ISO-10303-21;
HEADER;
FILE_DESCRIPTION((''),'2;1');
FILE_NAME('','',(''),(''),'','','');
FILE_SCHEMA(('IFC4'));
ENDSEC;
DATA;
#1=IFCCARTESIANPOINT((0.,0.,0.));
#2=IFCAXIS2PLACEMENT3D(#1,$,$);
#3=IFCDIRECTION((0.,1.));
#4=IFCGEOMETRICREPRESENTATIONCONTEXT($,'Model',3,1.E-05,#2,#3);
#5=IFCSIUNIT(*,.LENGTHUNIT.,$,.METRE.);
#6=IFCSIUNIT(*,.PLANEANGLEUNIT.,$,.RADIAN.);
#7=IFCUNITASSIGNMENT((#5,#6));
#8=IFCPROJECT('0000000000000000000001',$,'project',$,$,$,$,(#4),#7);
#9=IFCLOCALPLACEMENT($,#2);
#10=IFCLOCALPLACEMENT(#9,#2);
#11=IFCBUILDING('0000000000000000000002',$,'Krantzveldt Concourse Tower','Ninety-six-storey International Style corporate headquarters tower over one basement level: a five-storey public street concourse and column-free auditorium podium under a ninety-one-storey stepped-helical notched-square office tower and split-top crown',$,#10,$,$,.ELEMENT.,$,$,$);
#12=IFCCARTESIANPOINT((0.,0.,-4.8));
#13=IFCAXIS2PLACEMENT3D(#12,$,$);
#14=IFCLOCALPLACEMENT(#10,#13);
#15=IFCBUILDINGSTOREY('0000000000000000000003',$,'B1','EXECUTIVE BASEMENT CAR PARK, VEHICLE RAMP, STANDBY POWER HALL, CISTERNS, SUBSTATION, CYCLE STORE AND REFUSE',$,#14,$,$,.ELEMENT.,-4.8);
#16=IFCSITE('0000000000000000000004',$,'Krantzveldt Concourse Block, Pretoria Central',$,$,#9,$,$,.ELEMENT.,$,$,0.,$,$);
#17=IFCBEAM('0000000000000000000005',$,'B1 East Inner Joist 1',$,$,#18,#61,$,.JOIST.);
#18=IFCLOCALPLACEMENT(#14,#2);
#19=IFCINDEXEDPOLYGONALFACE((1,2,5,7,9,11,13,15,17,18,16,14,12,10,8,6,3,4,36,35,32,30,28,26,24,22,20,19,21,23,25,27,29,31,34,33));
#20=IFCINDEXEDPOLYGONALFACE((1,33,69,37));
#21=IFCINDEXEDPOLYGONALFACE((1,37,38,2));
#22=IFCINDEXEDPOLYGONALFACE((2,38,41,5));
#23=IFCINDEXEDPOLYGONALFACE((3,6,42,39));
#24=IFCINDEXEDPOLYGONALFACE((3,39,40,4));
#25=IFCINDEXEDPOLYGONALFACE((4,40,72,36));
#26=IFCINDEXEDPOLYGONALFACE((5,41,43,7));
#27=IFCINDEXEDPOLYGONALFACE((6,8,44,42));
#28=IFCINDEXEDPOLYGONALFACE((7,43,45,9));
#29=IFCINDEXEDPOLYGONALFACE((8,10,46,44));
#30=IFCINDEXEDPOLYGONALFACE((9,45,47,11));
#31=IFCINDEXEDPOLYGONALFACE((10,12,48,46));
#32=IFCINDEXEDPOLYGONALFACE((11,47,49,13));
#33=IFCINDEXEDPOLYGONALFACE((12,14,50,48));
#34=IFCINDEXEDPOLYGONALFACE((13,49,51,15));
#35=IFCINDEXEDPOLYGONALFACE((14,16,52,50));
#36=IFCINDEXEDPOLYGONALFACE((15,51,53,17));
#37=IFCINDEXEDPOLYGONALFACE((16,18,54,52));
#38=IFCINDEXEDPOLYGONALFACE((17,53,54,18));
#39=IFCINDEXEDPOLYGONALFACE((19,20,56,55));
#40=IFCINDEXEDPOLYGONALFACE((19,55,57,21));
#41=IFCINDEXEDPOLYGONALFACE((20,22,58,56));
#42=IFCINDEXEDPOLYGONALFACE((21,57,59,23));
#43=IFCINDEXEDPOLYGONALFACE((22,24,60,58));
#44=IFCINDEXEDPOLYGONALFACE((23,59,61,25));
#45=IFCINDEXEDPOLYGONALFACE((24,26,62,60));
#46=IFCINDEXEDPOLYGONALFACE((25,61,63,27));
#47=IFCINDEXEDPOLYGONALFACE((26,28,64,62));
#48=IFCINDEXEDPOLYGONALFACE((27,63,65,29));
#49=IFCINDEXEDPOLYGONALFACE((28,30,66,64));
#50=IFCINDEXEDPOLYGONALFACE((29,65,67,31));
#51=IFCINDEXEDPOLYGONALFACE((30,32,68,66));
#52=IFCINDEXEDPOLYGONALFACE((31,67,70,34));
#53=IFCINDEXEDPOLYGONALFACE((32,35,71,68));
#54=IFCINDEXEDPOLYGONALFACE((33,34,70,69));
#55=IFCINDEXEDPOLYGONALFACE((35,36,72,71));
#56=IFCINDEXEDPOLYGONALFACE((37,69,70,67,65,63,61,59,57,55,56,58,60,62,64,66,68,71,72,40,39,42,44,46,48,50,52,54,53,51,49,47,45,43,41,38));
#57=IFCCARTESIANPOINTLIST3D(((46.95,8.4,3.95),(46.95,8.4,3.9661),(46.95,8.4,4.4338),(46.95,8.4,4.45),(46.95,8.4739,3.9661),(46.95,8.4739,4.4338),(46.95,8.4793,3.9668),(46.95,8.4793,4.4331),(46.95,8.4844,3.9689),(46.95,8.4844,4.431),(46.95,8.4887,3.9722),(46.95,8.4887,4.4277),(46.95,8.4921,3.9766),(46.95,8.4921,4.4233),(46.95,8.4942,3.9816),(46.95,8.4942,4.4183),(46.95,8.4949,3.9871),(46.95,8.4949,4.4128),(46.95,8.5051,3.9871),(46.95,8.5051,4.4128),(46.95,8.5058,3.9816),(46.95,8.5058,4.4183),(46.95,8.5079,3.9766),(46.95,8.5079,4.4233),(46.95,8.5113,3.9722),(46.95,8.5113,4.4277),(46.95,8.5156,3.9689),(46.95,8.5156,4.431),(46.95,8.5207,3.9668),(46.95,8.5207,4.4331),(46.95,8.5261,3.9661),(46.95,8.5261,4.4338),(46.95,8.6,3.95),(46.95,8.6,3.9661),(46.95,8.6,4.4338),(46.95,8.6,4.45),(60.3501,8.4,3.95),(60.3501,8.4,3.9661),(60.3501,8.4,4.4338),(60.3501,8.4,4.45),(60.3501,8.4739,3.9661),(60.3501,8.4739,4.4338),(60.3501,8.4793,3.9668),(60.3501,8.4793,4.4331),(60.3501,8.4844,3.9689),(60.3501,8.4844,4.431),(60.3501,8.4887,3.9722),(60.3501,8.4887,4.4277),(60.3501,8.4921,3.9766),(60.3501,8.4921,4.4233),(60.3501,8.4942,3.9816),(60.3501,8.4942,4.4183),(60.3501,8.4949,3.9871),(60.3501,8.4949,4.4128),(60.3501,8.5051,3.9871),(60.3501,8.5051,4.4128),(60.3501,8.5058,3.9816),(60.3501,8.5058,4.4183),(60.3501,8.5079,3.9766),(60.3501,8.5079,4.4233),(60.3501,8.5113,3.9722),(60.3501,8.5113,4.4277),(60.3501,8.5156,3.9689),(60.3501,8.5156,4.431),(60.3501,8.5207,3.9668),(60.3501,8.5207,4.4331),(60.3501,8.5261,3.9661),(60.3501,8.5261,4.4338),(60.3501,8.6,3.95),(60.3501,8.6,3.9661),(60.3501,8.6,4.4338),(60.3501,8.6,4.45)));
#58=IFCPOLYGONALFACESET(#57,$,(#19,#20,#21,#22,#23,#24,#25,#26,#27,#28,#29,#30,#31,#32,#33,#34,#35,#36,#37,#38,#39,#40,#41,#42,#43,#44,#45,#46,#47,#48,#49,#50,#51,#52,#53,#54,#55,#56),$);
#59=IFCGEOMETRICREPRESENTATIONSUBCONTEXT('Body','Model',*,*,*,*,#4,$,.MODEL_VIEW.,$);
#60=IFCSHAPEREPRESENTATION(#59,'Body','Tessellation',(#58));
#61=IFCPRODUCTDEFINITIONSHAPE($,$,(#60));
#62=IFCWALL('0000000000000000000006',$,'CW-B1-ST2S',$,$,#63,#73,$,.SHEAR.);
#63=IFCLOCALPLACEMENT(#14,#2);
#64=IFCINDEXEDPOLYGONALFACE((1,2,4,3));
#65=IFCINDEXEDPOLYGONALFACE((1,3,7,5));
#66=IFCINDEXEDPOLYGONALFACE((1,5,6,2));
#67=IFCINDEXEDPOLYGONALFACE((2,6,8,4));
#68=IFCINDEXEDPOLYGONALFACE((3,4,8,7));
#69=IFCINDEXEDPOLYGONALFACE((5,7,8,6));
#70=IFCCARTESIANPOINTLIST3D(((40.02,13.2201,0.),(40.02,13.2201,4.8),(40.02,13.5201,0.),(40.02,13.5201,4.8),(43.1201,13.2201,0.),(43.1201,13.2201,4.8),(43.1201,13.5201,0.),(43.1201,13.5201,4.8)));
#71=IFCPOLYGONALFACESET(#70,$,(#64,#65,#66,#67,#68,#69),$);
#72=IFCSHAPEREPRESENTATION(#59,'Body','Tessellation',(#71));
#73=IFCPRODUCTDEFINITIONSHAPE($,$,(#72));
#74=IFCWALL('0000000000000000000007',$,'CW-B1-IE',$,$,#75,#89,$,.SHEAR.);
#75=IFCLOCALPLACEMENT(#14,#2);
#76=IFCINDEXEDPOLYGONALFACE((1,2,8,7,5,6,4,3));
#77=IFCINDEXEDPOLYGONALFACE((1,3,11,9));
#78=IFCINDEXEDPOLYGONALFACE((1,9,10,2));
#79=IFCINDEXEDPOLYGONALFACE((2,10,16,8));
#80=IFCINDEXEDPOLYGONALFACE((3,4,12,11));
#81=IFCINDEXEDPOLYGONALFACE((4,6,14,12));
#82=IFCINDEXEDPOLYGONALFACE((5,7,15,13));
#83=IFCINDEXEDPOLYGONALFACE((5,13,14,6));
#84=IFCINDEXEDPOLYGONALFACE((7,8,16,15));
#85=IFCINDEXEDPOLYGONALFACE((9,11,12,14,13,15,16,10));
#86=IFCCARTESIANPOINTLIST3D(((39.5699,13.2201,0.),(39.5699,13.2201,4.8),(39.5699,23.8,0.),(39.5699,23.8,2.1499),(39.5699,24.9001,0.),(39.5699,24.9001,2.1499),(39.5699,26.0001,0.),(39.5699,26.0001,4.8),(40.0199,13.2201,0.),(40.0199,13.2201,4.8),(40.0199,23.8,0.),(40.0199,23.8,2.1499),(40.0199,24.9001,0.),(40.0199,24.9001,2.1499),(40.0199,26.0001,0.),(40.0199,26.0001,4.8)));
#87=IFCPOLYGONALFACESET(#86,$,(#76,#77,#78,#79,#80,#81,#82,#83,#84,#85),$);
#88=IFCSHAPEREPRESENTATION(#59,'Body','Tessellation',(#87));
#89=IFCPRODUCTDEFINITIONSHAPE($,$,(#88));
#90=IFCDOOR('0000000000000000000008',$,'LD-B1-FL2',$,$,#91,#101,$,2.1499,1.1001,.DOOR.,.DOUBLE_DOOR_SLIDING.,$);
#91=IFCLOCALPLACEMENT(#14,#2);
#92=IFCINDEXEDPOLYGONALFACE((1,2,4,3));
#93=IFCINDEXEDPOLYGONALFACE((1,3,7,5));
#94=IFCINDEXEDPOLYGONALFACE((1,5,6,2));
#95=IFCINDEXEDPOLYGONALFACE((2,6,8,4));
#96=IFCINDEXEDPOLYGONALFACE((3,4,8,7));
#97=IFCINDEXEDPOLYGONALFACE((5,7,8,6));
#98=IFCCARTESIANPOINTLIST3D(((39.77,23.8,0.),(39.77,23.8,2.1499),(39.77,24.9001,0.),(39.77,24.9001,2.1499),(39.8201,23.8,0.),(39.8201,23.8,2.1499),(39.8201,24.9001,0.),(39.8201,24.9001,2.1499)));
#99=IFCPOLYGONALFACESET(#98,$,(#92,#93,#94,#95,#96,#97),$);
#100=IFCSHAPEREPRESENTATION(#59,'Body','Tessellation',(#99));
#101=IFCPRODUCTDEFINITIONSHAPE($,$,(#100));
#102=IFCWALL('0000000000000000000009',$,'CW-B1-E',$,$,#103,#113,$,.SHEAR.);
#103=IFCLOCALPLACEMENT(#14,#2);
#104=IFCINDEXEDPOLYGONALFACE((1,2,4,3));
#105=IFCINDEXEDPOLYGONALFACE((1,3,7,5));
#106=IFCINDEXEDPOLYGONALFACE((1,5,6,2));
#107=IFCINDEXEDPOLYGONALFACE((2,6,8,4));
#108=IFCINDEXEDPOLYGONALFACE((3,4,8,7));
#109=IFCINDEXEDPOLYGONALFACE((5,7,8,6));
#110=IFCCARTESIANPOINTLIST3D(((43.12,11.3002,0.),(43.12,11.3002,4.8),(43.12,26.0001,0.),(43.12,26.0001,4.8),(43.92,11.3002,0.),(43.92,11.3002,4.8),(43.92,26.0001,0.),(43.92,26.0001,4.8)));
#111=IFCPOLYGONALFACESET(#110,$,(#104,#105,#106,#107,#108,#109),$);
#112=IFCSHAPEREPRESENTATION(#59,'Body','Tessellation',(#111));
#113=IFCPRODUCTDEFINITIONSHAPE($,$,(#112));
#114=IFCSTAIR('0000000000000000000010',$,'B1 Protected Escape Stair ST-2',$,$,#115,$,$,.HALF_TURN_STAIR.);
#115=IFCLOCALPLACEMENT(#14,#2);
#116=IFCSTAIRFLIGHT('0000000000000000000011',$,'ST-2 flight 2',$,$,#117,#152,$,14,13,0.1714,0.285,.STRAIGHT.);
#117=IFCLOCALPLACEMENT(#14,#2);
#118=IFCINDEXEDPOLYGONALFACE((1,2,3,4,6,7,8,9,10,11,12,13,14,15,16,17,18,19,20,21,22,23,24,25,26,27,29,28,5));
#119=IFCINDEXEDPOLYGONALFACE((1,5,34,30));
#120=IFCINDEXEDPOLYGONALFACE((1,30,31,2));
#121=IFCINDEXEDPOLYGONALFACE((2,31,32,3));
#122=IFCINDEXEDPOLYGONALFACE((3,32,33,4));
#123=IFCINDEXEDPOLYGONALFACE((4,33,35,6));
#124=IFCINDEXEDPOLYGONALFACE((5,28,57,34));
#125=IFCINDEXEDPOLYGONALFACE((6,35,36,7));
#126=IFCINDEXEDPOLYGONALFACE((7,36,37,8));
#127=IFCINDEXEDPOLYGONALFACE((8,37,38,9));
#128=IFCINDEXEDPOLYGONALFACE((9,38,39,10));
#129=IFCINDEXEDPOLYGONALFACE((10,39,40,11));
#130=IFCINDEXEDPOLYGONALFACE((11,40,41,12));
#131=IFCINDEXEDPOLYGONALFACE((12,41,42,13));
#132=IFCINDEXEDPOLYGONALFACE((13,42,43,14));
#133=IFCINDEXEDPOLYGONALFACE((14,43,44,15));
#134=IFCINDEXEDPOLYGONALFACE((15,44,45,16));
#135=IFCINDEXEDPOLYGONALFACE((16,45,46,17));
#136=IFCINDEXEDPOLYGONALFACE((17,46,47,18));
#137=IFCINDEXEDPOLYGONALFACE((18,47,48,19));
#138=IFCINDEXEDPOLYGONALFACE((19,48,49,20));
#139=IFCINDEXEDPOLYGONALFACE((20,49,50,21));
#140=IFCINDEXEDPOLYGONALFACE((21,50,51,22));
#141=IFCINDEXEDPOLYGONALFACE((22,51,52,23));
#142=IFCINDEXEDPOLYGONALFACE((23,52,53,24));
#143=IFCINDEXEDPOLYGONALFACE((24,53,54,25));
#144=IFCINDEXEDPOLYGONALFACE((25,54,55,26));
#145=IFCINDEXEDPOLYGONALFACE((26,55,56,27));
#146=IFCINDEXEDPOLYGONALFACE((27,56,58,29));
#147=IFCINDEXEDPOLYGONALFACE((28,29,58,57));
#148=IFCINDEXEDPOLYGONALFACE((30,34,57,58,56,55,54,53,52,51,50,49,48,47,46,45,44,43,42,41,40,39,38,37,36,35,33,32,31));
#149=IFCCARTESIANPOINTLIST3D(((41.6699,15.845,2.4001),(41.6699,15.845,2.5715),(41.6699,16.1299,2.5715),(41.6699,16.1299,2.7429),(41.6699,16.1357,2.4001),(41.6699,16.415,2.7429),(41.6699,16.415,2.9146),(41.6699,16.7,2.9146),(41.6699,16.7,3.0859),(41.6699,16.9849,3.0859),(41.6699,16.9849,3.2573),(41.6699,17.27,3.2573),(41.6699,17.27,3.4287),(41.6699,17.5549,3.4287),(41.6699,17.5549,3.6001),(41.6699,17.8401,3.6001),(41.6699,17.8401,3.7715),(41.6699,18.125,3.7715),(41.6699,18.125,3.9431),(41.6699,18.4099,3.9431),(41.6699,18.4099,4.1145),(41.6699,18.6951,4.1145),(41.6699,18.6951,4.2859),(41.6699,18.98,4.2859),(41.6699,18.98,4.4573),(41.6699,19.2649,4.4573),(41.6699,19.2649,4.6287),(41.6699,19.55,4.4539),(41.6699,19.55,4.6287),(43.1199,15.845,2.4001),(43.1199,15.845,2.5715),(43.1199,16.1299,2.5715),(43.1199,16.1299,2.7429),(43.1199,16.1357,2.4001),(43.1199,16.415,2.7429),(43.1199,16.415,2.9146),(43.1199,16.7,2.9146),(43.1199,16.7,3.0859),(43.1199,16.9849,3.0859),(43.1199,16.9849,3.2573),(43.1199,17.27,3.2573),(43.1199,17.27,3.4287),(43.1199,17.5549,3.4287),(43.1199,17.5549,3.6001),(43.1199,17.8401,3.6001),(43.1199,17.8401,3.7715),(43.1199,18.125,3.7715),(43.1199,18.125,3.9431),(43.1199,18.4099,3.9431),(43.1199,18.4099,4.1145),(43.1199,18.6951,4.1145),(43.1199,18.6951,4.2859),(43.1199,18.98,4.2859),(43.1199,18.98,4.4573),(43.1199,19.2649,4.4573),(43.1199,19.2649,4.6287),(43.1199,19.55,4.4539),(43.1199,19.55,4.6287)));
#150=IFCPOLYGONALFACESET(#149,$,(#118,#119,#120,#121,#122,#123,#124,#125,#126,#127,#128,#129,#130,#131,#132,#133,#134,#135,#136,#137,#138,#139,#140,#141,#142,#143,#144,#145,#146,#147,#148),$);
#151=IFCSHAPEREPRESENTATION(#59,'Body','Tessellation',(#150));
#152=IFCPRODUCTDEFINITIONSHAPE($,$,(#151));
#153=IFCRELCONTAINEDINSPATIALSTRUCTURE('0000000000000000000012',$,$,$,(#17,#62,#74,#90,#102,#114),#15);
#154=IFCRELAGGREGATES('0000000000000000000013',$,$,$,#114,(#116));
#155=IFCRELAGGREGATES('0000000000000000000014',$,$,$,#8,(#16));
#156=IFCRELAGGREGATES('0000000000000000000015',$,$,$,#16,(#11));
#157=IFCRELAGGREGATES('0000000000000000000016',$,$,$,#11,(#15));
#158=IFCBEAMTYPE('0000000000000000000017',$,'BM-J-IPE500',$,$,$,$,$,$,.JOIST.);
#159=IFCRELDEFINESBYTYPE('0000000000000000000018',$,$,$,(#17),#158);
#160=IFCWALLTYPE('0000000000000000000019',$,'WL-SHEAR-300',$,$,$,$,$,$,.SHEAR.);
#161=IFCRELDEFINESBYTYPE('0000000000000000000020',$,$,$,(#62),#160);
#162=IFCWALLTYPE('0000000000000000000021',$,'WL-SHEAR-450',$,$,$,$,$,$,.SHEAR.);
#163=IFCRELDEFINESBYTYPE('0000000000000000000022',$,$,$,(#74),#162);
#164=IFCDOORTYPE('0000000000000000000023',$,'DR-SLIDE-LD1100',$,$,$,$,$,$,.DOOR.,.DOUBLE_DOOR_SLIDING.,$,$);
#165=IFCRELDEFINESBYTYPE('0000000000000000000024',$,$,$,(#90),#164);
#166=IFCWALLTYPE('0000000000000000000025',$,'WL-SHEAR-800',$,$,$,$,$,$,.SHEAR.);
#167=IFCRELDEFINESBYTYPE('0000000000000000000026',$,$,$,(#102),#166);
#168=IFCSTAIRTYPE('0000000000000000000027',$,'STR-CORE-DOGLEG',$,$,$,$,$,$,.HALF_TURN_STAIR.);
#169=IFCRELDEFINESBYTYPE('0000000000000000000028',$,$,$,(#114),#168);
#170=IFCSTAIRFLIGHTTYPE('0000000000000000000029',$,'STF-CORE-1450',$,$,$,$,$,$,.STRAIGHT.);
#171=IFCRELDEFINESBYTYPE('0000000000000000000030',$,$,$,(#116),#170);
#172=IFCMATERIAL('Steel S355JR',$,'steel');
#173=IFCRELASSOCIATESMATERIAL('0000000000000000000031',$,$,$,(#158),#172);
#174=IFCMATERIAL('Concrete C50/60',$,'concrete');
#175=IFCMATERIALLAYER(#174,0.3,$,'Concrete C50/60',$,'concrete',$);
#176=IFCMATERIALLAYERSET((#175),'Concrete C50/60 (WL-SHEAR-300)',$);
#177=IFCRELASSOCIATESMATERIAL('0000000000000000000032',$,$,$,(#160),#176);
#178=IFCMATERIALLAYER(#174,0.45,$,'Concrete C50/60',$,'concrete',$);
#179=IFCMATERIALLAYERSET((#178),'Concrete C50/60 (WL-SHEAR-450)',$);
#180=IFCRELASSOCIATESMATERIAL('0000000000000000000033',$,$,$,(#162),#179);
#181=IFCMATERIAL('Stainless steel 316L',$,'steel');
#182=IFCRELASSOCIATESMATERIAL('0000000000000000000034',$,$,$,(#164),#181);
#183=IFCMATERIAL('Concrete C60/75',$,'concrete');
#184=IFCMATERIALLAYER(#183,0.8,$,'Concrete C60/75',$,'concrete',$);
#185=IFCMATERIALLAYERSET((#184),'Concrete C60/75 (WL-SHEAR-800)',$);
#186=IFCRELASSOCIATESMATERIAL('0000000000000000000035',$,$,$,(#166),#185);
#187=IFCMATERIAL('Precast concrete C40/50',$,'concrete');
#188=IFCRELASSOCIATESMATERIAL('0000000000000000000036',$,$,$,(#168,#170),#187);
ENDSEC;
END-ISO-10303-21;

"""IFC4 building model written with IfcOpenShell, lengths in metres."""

from ifc_helpers import new_model, si_unit, direction, frame, frame_2d, origin, origin_2d, place, context, subcontext, project, spatial, polyline, rectangle, i_section, outline, extrude, source, transform, mapped, material, layer, layer_set, material_profile, profile_set, type_object, type_shapes, element, fill, aggregate, save


model = new_model("IFC4")

# Units and contexts
model_context = context("Model", 3, precision=1e-05, world=origin(), true_north=direction((0.0, 1.0)))
body_context = subcontext(model_context, "Body", "Model", "MODEL_VIEW")
ifc_project = project(units=[si_unit("LENGTHUNIT", "METRE"), si_unit("PLANEANGLEUNIT", "RADIAN")], contexts=[model_context])

# Site, building, storey
site_placement = place(None, origin())
site = spatial("IfcSite", under=ifc_project, at=site_placement, Name="Krantzveldt Concourse Block, Pretoria Central", CompositionType="ELEMENT", RefElevation=0.0)
building_placement = place(site_placement, origin())
building = spatial("IfcBuilding", under=site, at=building_placement, Name="Krantzveldt Concourse Tower", Description="Ninety-six-storey International Style corporate headquarters tower over one basement level: a five-storey public street concourse and column-free auditorium podium under a ninety-one-storey stepped-helical notched-square office tower and split-top crown", CompositionType="ELEMENT")
storey_placement = place(building_placement, frame((0.0, 0.0, -4.8)))
storey = spatial("IfcBuildingStorey", under=building, at=storey_placement, Name="B1", Description="EXECUTIVE BASEMENT CAR PARK, VEHICLE RAMP, STANDBY POWER HALL, CISTERNS, SUBSTATION, CYCLE STORE AND REFUSE", CompositionType="ELEMENT", Elevation=-4.8)

# Shared definitions
ifc_material_1 = material(Name="Concrete C50/60", Category="concrete")

# Beam
ifc_material_2 = material(Name="Steel S355JR", Category="steel")
ifc_material_profile_1 = material_profile(ifc_material_2, i_section(OverallWidth=0.2, OverallDepth=0.5, WebThickness=0.0103, FlangeThickness=0.0161, FilletRadius=0.021, at=origin_2d()), Name="Steel S355JR", Category="steel")
ifc_profile_set_1 = profile_set([ifc_material_profile_1], Name="Steel S355JR - IPE 500")
beam_type_1 = type_object("IfcBeamType", Name="BM-J-IPE500", PredefinedType="JOIST", material=ifc_profile_set_1)
shared_shape_1 = source(origin(), body_context, "Body", "SweptSolid", [
    extrude(i_section(OverallWidth=0.2, OverallDepth=0.5, WebThickness=0.0103, FlangeThickness=0.0161, FilletRadius=0.021, at=origin_2d()), origin(), (0.0, 0.0, 1.0), 13.4001),
])
type_shapes(beam_type_1, [shared_shape_1])
beam_1_placement = place(storey_placement, frame((46.95, 8.5, 4.2), z_axis=(1.0, 0.0, 0.0), x_axis=(0.0, 1.0, 0.0)))
element("IfcBeam", 1, at=beam_1_placement, inside=storey, type_object=beam_type_1, Name="B1 East Inner Joist 1", PredefinedType="JOIST", context=body_context, shape_type="MappedRepresentation", body=[
    mapped(shared_shape_1, transform((0.0, 0.0, 0.0), x_axis=(1.0, 0.0, 0.0), y_axis=(0.0, 1.0, 0.0), z_axis=(0.0, 0.0, 1.0), scale=1.0)),
])

# Wall
ifc_layer_1 = layer(ifc_material_1, 0.3, Name="Concrete C50/60", Category="concrete")
ifc_layer_set_1 = layer_set([ifc_layer_1], Name="Concrete C50/60 (WL-SHEAR-300)")
wall_type_1 = type_object("IfcWallType", Name="WL-SHEAR-300", PredefinedType="SHEAR", material=ifc_layer_set_1)
wall_1_placement = place(storey_placement, frame((40.02, 13.3701, 0.0), z_axis=(0.0, 0.0, 1.0), x_axis=(1.0, 0.0, 0.0)))
element("IfcWall", 2, at=wall_1_placement, inside=storey, type_object=wall_type_1, Name="CW-B1-ST2S", PredefinedType="SHEAR", context=body_context, shape_type="SweptSolid", body=[
    extrude(rectangle(XDim=3.1001, YDim=0.3, at=frame_2d((1.55, 0.0))), origin(), (0.0, 0.0, 1.0), 4.8),
])

# Wall, opening, door
ifc_layer_2 = layer(ifc_material_1, 0.45, Name="Concrete C50/60", Category="concrete")
ifc_layer_set_2 = layer_set([ifc_layer_2], Name="Concrete C50/60 (WL-SHEAR-450)")
wall_type_2 = type_object("IfcWallType", Name="WL-SHEAR-450", PredefinedType="SHEAR", material=ifc_layer_set_2)
wall_2_placement = place(storey_placement, frame((39.7949, 13.22, 0.0), z_axis=(0.0, 0.0, 1.0), x_axis=(0.0, 1.0, 0.0)))
wall_2 = element("IfcWall", 3, at=wall_2_placement, inside=storey, type_object=wall_type_2, Name="CW-B1-IE", PredefinedType="SHEAR", context=body_context, shape_type="SweptSolid", body=[
    extrude(rectangle(XDim=12.78, YDim=0.45, at=frame_2d((6.3901, 0.0))), origin(), (0.0, 0.0, 1.0), 4.8),
])
opening_placement = place(wall_2_placement, frame((10.5801, 0.0, 0.0)))
opening = element("IfcOpeningElement", 4, at=opening_placement, cuts=wall_2, PredefinedType="OPENING", context=body_context, shape_type="SweptSolid", body=[
    extrude(rectangle(XDim=1.1001, YDim=2.1499, at=frame_2d((0.55, 1.075))), frame((0.0, 0.2349, 0.0), z_axis=(0.0, -1.0, 0.0), x_axis=(1.0, 0.0, 0.0)), (0.0, 0.0, 1.0), 0.47),
])
ifc_material_3 = material(Name="Stainless steel 316L", Category="steel")
door_type = type_object("IfcDoorType", Name="DR-SLIDE-LD1100", OperationType="DOUBLE_DOOR_SLIDING", PredefinedType="DOOR", material=ifc_material_3)
door_placement = place(opening_placement, origin())
door = element("IfcDoor", 5, at=door_placement, inside=storey, type_object=door_type, Name="LD-B1-FL2", OperationType="DOUBLE_DOOR_SLIDING", OverallHeight=2.1499, OverallWidth=1.1001, PredefinedType="DOOR", context=body_context, shape_type="SweptSolid", body=[
    extrude(rectangle(XDim=1.1001, YDim=2.1499, at=frame_2d((0.55, 1.075))), frame((0.0, 0.0249, 0.0), z_axis=(0.0, -1.0, 0.0), x_axis=(1.0, 0.0, 0.0)), (0.0, 0.0, 1.0), 0.05),
])
fill(opening, door)

# Wall
ifc_material_4 = material(Name="Concrete C60/75", Category="concrete")
ifc_layer_3 = layer(ifc_material_4, 0.8, Name="Concrete C60/75", Category="concrete")
ifc_layer_set_3 = layer_set([ifc_layer_3], Name="Concrete C60/75 (WL-SHEAR-800)")
wall_type_3 = type_object("IfcWallType", Name="WL-SHEAR-800", PredefinedType="SHEAR", material=ifc_layer_set_3)
wall_3_placement = place(storey_placement, frame((43.52, 11.3, 0.0), z_axis=(0.0, 0.0, 1.0), x_axis=(0.0, 1.0, 0.0)))
element("IfcWall", 6, at=wall_3_placement, inside=storey, type_object=wall_type_3, Name="CW-B1-E", PredefinedType="SHEAR", context=body_context, shape_type="SweptSolid", body=[
    extrude(rectangle(XDim=14.7, YDim=0.8, at=frame_2d((7.3501, 0.0))), origin(), (0.0, 0.0, 1.0), 4.8),
])

# Stair, stair flight
ifc_material_5 = material(Name="Precast concrete C40/50", Category="concrete")
stair_type = type_object("IfcStairType", Name="STR-CORE-DOGLEG", PredefinedType="HALF_TURN_STAIR", material=ifc_material_5)
stair_placement = place(storey_placement, origin())
stair = element("IfcStair", 7, at=stair_placement, inside=storey, type_object=stair_type, Name="B1 Protected Escape Stair ST-2", PredefinedType="HALF_TURN_STAIR")
stair_flight_type = type_object("IfcStairFlightType", Name="STF-CORE-1450", PredefinedType="STRAIGHT", material=ifc_material_5)
stair_flight_placement = place(storey_placement, frame((42.395, 15.845, 2.4001), z_axis=(0.0, 0.0, 1.0), x_axis=(0.0, 1.0, 0.0)))
stair_flight = element("IfcStairFlight", 8, at=stair_flight_placement, type_object=stair_flight_type, Name="ST-2 flight 2", NumberOfRisers=14, NumberOfTreads=13, PredefinedType="STRAIGHT", RiserHeight=0.1714, TreadLength=0.285, context=body_context, shape_type="SweptSolid", body=[
    extrude(outline(polyline([(0.0, 0.0), (0.0, 0.1714), (0.2849, 0.1714), (0.2849, 0.3428), (0.5701, 0.3428), (0.5701, 0.5144), (0.855, 0.5144), (0.855, 0.6858), (1.1399, 0.6858), (1.1399, 0.8572), (1.425, 0.8572), (1.425, 1.0286), (1.71, 1.0286), (1.71, 1.2), (1.9951, 1.2), (1.9951, 1.3713), (2.28, 1.3713), (2.28, 1.543), (2.5649, 1.543), (2.5649, 1.7144), (2.8501, 1.7144), (2.8501, 1.8857), (3.135, 1.8857), (3.135, 2.0571), (3.4199, 2.0571), (3.4199, 2.2285), (3.7051, 2.2285), (3.7051, 2.3999), (3.7051, 2.0537), (0.2908, 0.0), (0.0, 0.0)])), frame((0.0, 0.7251, 0.0), z_axis=(0.0, -1.0, 0.0), x_axis=(1.0, 0.0, 0.0)), (0.0, 0.0, 1.0), 1.45),
])
aggregate(stair, [stair_flight])

save(model, "model.ifc")
